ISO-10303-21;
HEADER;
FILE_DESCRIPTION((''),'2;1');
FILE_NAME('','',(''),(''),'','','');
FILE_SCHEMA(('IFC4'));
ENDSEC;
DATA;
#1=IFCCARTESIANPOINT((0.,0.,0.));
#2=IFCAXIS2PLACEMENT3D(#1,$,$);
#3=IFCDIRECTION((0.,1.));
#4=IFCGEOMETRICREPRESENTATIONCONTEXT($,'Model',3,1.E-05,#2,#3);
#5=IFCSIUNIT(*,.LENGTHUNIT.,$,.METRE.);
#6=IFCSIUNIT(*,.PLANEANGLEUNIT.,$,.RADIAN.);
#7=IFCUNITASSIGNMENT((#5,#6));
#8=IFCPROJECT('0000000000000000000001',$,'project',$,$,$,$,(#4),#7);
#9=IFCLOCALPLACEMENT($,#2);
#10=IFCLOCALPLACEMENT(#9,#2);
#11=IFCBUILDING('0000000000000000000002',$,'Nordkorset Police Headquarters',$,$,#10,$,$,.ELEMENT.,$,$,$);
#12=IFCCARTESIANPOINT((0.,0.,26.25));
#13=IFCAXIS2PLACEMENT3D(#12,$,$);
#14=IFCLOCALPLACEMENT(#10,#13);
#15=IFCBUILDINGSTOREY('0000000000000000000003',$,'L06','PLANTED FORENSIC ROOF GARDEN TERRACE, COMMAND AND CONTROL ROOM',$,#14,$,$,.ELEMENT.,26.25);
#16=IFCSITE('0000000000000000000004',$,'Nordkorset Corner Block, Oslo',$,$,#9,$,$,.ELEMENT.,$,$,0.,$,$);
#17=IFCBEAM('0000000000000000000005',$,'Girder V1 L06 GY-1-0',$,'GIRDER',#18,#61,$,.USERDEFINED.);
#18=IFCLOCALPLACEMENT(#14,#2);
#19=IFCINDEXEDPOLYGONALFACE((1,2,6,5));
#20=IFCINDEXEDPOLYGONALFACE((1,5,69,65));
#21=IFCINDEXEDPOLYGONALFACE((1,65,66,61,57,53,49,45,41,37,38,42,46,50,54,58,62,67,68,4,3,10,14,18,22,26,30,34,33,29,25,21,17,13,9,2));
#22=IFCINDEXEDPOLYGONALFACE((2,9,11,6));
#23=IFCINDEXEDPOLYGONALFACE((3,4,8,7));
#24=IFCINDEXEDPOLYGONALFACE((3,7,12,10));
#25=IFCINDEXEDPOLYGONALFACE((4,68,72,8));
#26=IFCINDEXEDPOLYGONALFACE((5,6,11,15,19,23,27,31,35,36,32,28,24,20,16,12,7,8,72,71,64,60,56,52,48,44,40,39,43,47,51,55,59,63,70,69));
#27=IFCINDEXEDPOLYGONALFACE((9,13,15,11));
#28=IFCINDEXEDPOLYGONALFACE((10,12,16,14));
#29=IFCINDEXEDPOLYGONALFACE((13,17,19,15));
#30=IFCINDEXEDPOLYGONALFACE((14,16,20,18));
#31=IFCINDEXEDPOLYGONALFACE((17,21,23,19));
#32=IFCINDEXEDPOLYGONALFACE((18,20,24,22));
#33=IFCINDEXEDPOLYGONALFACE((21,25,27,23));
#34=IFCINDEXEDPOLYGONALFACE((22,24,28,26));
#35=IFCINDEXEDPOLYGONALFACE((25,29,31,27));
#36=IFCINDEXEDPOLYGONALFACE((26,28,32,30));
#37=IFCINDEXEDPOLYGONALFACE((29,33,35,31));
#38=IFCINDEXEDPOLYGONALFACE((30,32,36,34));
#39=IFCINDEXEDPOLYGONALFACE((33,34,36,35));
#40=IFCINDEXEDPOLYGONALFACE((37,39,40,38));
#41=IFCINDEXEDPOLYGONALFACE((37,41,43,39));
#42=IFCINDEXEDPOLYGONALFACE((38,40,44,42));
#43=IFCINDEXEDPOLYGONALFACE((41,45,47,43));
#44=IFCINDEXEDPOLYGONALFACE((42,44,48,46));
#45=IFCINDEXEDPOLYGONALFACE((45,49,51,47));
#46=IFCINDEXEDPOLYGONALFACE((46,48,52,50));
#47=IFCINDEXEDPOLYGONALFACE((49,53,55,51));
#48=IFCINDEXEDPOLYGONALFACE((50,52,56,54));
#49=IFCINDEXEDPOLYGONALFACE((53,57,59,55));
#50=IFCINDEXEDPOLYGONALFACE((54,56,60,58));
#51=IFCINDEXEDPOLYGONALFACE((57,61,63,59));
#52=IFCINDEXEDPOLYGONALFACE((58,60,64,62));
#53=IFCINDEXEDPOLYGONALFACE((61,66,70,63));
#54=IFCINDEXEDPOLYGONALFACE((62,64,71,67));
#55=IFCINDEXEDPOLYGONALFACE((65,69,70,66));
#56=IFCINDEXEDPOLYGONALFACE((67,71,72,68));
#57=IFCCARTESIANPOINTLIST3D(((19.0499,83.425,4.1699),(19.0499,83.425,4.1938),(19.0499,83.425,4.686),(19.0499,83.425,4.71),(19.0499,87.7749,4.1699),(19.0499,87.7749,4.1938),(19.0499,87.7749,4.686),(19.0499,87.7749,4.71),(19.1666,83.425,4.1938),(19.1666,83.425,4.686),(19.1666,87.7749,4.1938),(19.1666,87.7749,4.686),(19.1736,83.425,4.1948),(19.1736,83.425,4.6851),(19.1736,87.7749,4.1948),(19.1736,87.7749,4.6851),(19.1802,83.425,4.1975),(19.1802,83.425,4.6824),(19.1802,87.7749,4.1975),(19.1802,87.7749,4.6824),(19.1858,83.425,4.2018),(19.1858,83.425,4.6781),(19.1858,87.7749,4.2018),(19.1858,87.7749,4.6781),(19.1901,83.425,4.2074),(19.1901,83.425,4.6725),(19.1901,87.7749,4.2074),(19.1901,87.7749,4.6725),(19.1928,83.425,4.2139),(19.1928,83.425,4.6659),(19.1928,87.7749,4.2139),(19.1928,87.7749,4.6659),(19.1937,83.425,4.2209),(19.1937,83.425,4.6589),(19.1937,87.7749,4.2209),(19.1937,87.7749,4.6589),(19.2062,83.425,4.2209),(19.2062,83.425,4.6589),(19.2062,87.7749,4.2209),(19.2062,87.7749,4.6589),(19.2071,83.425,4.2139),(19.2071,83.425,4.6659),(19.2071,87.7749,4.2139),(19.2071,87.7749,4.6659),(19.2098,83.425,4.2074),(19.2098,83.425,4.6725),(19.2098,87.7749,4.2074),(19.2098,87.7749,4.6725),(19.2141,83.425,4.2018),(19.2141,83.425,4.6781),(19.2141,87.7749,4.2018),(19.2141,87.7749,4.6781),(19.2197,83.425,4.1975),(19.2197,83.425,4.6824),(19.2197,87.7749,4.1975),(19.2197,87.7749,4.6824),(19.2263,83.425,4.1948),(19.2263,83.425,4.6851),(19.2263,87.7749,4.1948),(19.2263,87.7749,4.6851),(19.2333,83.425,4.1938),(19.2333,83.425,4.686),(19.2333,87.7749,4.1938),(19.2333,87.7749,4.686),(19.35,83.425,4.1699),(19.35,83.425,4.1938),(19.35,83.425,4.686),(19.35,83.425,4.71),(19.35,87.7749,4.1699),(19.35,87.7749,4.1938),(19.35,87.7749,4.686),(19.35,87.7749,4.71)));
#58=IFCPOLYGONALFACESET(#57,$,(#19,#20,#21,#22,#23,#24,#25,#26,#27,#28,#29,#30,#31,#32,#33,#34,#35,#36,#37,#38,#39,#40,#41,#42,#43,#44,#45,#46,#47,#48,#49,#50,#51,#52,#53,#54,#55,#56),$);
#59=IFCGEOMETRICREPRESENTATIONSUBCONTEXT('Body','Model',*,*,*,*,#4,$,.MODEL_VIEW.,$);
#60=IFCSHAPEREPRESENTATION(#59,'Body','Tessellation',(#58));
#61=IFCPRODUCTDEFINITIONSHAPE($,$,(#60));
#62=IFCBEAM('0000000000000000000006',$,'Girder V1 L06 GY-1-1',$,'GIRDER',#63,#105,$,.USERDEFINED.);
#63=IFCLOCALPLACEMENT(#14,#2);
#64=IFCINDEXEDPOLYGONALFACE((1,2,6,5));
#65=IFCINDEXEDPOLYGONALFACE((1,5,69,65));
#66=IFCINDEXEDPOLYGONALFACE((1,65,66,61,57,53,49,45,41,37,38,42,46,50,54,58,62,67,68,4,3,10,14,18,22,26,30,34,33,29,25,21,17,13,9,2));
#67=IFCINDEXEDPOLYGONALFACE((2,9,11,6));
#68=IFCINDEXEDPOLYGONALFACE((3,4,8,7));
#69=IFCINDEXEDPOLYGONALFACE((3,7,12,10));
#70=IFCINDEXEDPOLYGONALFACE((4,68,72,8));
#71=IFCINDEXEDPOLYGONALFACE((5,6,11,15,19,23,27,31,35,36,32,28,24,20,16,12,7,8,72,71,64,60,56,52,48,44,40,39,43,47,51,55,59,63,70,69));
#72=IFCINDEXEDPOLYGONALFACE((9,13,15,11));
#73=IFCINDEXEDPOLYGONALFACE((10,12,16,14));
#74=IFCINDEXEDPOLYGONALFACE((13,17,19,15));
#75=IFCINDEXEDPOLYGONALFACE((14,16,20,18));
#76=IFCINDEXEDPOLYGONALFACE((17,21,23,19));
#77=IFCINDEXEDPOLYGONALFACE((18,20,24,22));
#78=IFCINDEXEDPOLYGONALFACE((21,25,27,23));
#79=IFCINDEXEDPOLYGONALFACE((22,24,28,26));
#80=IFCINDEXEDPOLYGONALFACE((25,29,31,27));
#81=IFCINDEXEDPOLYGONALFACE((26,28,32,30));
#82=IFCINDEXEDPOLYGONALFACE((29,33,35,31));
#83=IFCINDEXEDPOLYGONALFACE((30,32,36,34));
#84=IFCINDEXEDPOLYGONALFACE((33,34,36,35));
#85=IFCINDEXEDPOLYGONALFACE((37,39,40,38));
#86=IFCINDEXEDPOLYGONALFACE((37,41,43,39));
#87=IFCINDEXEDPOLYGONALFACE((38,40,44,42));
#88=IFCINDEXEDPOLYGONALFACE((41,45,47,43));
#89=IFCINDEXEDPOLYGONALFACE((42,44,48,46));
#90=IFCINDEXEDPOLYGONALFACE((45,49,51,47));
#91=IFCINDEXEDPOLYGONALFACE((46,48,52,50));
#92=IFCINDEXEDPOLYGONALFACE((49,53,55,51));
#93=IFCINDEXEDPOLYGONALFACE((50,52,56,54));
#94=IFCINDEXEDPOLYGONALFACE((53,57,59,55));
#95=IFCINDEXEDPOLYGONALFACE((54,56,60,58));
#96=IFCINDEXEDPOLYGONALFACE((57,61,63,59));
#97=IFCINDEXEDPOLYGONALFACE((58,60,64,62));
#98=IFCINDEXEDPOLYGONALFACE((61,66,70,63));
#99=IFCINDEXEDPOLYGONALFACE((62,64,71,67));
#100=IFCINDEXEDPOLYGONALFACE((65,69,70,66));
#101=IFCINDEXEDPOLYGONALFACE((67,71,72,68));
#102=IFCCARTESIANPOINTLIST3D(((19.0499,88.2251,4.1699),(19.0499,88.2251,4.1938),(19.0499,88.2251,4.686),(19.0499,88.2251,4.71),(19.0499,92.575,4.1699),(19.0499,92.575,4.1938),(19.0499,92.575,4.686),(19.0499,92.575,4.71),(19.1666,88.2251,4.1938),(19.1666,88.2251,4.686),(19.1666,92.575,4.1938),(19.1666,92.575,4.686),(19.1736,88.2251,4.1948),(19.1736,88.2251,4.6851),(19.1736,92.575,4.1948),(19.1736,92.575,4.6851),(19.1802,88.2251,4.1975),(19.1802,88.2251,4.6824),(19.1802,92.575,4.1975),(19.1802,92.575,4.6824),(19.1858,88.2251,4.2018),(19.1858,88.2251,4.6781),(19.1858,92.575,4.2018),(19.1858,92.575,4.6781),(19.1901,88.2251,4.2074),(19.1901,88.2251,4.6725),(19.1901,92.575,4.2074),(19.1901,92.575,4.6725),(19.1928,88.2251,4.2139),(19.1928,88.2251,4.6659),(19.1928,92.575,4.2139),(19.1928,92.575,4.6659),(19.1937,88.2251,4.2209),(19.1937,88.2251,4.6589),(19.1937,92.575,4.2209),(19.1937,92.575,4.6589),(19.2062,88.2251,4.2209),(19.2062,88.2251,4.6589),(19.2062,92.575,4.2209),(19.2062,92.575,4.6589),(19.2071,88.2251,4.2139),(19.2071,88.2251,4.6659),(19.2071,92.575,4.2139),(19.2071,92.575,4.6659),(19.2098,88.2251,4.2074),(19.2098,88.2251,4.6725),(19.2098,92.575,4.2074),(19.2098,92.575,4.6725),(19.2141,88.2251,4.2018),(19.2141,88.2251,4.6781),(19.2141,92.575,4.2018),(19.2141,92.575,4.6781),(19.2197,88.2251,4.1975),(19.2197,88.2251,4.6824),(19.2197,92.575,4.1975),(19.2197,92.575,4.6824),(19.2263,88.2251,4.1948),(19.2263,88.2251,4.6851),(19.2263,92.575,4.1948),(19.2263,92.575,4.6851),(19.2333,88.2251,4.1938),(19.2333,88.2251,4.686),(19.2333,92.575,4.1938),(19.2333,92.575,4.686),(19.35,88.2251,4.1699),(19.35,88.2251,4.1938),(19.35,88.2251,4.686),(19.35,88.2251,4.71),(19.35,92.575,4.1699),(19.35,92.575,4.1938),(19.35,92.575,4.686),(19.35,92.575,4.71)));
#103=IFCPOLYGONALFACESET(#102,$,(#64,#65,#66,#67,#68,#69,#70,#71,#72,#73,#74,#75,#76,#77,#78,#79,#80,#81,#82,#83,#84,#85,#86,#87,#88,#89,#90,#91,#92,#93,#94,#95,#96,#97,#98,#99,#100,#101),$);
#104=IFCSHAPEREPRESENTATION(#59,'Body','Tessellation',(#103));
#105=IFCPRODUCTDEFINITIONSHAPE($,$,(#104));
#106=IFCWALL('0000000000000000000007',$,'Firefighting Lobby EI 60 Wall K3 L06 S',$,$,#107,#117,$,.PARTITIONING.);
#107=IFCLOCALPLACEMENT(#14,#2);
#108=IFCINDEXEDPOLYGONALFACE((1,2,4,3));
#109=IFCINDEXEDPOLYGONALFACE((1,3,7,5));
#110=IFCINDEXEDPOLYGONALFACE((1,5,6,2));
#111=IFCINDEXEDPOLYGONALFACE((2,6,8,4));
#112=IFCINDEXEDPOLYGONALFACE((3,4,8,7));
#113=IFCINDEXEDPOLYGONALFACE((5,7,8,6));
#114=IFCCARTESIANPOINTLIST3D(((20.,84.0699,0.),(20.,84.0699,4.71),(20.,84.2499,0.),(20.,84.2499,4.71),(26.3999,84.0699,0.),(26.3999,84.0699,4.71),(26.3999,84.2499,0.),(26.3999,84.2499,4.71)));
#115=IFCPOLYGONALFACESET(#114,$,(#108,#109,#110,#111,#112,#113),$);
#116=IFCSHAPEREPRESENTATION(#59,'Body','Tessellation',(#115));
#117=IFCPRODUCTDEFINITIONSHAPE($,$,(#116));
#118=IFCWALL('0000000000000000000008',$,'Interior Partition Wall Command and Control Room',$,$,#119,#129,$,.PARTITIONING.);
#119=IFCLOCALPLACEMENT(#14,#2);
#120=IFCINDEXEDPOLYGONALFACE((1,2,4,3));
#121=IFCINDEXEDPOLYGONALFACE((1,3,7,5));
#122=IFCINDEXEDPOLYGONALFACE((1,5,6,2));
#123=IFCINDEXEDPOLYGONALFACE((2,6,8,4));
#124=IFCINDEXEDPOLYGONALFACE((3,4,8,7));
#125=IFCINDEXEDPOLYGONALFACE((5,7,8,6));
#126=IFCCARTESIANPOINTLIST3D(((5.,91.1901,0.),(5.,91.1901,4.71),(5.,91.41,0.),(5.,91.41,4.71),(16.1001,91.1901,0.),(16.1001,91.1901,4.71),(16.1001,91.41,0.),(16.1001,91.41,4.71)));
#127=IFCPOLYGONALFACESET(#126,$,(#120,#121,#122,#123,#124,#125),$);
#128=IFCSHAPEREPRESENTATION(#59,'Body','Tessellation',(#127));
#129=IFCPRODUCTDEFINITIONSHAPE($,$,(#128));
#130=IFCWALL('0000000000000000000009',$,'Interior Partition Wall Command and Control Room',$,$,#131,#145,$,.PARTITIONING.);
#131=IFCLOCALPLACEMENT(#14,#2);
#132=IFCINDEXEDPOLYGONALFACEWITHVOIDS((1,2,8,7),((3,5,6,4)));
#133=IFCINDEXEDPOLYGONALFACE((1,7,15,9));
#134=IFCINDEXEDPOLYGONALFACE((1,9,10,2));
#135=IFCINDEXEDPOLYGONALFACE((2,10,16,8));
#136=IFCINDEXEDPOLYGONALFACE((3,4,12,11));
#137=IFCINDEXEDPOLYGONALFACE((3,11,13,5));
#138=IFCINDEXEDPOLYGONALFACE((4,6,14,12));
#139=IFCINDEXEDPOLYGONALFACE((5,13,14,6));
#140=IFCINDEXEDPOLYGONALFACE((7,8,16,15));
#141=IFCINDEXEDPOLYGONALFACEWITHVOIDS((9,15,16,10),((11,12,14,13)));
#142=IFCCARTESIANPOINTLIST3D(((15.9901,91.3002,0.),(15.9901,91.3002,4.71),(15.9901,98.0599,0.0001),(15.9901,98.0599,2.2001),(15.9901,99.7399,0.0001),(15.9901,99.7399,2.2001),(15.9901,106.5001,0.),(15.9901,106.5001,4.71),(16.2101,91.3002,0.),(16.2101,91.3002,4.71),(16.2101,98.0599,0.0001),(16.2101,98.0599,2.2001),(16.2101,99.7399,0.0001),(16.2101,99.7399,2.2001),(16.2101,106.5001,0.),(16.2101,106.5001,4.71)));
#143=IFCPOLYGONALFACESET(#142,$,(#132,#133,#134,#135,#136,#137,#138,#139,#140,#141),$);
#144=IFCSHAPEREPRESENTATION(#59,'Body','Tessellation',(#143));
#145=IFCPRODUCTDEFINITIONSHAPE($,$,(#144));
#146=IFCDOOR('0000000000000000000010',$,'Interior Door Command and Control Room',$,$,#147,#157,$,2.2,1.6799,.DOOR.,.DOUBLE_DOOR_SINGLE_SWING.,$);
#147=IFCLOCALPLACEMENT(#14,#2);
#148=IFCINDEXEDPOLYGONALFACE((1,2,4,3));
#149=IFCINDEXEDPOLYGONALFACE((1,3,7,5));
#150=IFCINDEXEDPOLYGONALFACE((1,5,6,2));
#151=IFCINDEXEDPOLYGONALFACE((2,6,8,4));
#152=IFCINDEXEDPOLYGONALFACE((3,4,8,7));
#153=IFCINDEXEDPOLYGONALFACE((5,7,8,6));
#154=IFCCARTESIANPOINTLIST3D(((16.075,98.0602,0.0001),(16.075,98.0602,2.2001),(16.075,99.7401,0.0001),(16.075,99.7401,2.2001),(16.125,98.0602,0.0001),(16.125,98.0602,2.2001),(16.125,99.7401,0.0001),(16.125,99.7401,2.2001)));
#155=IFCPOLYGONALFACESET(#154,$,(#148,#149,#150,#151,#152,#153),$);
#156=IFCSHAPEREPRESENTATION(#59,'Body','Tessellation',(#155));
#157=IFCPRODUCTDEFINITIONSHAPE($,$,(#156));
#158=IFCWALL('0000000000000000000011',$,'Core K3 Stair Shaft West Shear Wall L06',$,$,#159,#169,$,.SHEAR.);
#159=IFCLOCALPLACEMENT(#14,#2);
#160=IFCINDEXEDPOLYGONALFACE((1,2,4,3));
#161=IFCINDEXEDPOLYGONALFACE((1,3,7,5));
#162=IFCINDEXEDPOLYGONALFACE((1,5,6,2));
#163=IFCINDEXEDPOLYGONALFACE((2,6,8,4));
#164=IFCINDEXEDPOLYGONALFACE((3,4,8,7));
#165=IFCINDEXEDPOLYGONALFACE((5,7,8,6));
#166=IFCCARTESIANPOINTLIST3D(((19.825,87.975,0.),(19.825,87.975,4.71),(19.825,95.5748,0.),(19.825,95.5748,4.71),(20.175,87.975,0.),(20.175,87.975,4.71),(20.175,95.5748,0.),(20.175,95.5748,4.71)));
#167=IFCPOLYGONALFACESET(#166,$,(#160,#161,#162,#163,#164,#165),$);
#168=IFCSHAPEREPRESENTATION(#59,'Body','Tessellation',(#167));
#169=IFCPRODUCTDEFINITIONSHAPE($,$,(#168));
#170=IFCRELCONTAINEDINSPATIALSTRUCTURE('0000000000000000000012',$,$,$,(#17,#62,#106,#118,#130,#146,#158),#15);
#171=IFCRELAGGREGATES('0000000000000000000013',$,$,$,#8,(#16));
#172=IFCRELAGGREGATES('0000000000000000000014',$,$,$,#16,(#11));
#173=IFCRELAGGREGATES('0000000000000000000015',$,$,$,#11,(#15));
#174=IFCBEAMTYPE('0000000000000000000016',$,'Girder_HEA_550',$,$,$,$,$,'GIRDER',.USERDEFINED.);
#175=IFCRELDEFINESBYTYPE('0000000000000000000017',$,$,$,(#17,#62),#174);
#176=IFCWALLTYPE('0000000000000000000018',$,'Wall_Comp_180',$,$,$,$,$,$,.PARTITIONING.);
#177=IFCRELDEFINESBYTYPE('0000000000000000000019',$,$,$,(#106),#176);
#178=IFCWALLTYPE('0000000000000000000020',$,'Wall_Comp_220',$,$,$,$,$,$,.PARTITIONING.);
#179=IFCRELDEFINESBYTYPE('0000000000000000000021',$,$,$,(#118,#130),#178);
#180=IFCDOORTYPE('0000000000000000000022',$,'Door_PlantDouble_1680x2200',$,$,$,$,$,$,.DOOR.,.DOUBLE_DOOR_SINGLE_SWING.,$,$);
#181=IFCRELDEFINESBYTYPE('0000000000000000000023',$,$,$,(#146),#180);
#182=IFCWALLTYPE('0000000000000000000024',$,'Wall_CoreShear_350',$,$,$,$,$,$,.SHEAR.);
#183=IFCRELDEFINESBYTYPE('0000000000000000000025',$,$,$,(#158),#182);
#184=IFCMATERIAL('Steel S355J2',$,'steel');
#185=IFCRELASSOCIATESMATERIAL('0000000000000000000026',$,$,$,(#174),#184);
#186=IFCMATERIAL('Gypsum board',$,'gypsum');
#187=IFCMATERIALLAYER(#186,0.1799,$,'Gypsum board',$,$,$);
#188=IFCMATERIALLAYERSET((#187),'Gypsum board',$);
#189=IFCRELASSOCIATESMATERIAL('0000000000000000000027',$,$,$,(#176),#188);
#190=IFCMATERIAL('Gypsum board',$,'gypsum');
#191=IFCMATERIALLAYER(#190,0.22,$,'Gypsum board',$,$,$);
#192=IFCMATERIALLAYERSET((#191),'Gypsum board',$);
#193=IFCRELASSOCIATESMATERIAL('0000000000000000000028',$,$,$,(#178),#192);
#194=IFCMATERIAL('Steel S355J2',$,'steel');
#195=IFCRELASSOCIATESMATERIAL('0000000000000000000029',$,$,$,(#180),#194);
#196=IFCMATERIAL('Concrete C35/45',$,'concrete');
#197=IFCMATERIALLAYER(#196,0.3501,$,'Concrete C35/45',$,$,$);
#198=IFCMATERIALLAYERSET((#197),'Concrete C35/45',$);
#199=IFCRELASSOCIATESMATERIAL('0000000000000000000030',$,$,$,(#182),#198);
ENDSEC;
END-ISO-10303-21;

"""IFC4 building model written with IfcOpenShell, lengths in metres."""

from ifc_helpers import new_model, si_unit, direction, frame, frame_2d, origin, origin_2d, place, context, subcontext, project, spatial, rectangle, i_section, extrude, material, layer, layer_set, material_profile, profile_set, type_object, element, fill, save


model = new_model("IFC4")

# Units and contexts
model_context = context("Model", 3, precision=1e-05, world=origin(), true_north=direction((0.0, 1.0)))
body_context = subcontext(model_context, "Body", "Model", "MODEL_VIEW")
ifc_project = project(units=[si_unit("LENGTHUNIT", "METRE"), si_unit("PLANEANGLEUNIT", "RADIAN")], contexts=[model_context])

# Site, building, storey
site_placement = place(None, origin())
site = spatial("IfcSite", under=ifc_project, at=site_placement, Name="Nordkorset Corner Block, Oslo", CompositionType="ELEMENT", RefElevation=0.0)
building_placement = place(site_placement, origin())
building = spatial("IfcBuilding", under=site, at=building_placement, Name="Nordkorset Police Headquarters", CompositionType="ELEMENT")
storey_placement = place(building_placement, frame((0.0, 0.0, 26.25)))
storey = spatial("IfcBuildingStorey", under=building, at=storey_placement, Name="L06", Description="PLANTED FORENSIC ROOF GARDEN TERRACE, COMMAND AND CONTROL ROOM", CompositionType="ELEMENT", Elevation=26.25)

# Beams
ifc_material_1 = material(Name="Steel S355J2", Category="steel")
ifc_material_profile_1 = material_profile(ifc_material_1, i_section(OverallWidth=0.3, OverallDepth=0.54, WebThickness=0.0125, FlangeThickness=0.0239, FilletRadius=0.0271, at=origin_2d()), Name="HEA 550")
ifc_profile_set_1 = profile_set([ifc_material_profile_1], Name="Steel S355J2")
beam_type_1 = type_object("IfcBeamType", Name="Girder_HEA_550", ElementType="GIRDER", PredefinedType="USERDEFINED", material=ifc_profile_set_1)
for number, where, z_axis, x_axis, name in (
    (1, (19.2, 83.425, 4.4399), (0.0, 1.0, 0.0), (-1.0, 0.0, 0.0), "Girder V1 L06 GY-1-0"),
    (2, (19.2, 88.2251, 4.4399), (0.0, 1.0, 0.0), (-1.0, 0.0, 0.0), "Girder V1 L06 GY-1-1"),
):
    element("IfcBeam", number, at=place(storey_placement, frame(where, z_axis=z_axis, x_axis=x_axis)), inside=storey, type_object=beam_type_1, Name=name, ObjectType="GIRDER", PredefinedType="USERDEFINED", context=body_context, shape_type="SweptSolid", body=[
        extrude(i_section(OverallWidth=0.3, OverallDepth=0.54, WebThickness=0.0125, FlangeThickness=0.0239, FilletRadius=0.0271, at=origin_2d()), origin(), (0.0, 0.0, 1.0), 4.3499),
    ])

# Wall
ifc_material_2 = material(Name="Gypsum board", Category="gypsum")
ifc_layer_1 = layer(ifc_material_2, 0.1799, Name="Gypsum board")
ifc_layer_set_1 = layer_set([ifc_layer_1], Name="Gypsum board")
wall_type_1 = type_object("IfcWallType", Name="Wall_Comp_180", PredefinedType="PARTITIONING", material=ifc_layer_set_1)
wall_1_placement = place(storey_placement, frame((20.0, 84.1599, 0.0), z_axis=(0.0, 0.0, 1.0), x_axis=(1.0, 0.0, 0.0)))
element("IfcWall", 3, at=wall_1_placement, inside=storey, type_object=wall_type_1, Name="Firefighting Lobby EI 60 Wall K3 L06 S", PredefinedType="PARTITIONING", context=body_context, shape_type="SweptSolid", body=[
    extrude(rectangle(XDim=6.3999, YDim=0.1799, at=frame_2d((3.2, 0.0))), origin(), (0.0, 0.0, 1.0), 4.71),
])

# Wall
ifc_material_3 = material(Name="Gypsum board", Category="gypsum")
ifc_layer_2 = layer(ifc_material_3, 0.22, Name="Gypsum board")
ifc_layer_set_2 = layer_set([ifc_layer_2], Name="Gypsum board")
wall_type_2 = type_object("IfcWallType", Name="Wall_Comp_220", PredefinedType="PARTITIONING", material=ifc_layer_set_2)
wall_2_placement = place(storey_placement, frame((5.0, 91.3, 0.0), z_axis=(0.0, 0.0, 1.0), x_axis=(1.0, 0.0, 0.0)))
element("IfcWall", 4, at=wall_2_placement, inside=storey, type_object=wall_type_2, Name="Interior Partition Wall Command and Control Room", PredefinedType="PARTITIONING", context=body_context, shape_type="SweptSolid", body=[
    extrude(rectangle(XDim=11.1001, YDim=0.22, at=frame_2d((5.55, 0.0))), origin(), (0.0, 0.0, 1.0), 4.71),
])

# Wall, opening, door
wall_3_placement = place(storey_placement, frame((16.1001, 91.3, 0.0), z_axis=(0.0, 0.0, 1.0), x_axis=(0.0, 1.0, 0.0)))
wall_3 = element("IfcWall", 5, at=wall_3_placement, inside=storey, type_object=wall_type_2, Name="Interior Partition Wall Command and Control Room", PredefinedType="PARTITIONING", context=body_context, shape_type="SweptSolid", body=[
    extrude(rectangle(XDim=15.2, YDim=0.22, at=frame_2d((7.6001, 0.0))), origin(), (0.0, 0.0, 1.0), 4.71),
])
opening_1_placement = place(wall_3_placement, frame((6.76, 0.0, 0.0)))
opening_1 = element("IfcOpeningElement", 6, at=opening_1_placement, cuts=wall_3, PredefinedType="OPENING", context=body_context, shape_type="SweptSolid", body=[
    extrude(rectangle(XDim=1.6799, YDim=2.2, at=frame_2d((0.8398, 1.1001))), frame((0.0, 0.1201, 0.0), z_axis=(0.0, -1.0, 0.0), x_axis=(1.0, 0.0, 0.0)), (0.0, 0.0, 1.0), 0.24),
])
ifc_material_4 = material(Name="Steel S355J2", Category="steel")
door_type_1 = type_object("IfcDoorType", Name="Door_PlantDouble_1680x2200", OperationType="DOUBLE_DOOR_SINGLE_SWING", PredefinedType="DOOR", material=ifc_material_4)
door_1_placement = place(opening_1_placement, frame((1.6799, 0.0, 0.0), z_axis=(0.0, 0.0, 1.0), x_axis=(-1.0, 0.0, 0.0)))
door_1 = element("IfcDoor", 7, at=door_1_placement, inside=storey, type_object=door_type_1, Name="Interior Door Command and Control Room", OperationType="DOUBLE_DOOR_SINGLE_SWING", OverallHeight=2.2, OverallWidth=1.6799, PredefinedType="DOOR", context=body_context, shape_type="SweptSolid", body=[
    extrude(rectangle(XDim=1.6799, YDim=2.2, at=frame_2d((0.8398, 1.1001))), frame((0.0, 0.0249, 0.0), z_axis=(0.0, -1.0, 0.0), x_axis=(1.0, 0.0, 0.0)), (0.0, 0.0, 1.0), 0.05),
])
fill(opening_1, door_1)
ifc_material_5 = material(Name="Concrete C35/45", Category="concrete")
ifc_layer_3 = layer(ifc_material_5, 0.3501, Name="Concrete C35/45")
ifc_layer_set_3 = layer_set([ifc_layer_3], Name="Concrete C35/45")
wall_type_3 = type_object("IfcWallType", Name="Wall_CoreShear_350", PredefinedType="SHEAR", material=ifc_layer_set_3)

# Wall
wall_4_placement = place(storey_placement, frame((20.0, 87.9751, 0.0), z_axis=(0.0, 0.0, 1.0), x_axis=(0.0, 1.0, 0.0)))
element("IfcWall", 8, at=wall_4_placement, inside=storey, type_object=wall_type_3, Name="Core K3 Stair Shaft West Shear Wall L06", PredefinedType="SHEAR", context=body_context, shape_type="SweptSolid", body=[
    extrude(rectangle(XDim=7.5999, YDim=0.3501, at=frame_2d((3.7998, 0.0))), origin(), (0.0, 0.0, 1.0), 4.71),
])

save(model, "model.ifc")
